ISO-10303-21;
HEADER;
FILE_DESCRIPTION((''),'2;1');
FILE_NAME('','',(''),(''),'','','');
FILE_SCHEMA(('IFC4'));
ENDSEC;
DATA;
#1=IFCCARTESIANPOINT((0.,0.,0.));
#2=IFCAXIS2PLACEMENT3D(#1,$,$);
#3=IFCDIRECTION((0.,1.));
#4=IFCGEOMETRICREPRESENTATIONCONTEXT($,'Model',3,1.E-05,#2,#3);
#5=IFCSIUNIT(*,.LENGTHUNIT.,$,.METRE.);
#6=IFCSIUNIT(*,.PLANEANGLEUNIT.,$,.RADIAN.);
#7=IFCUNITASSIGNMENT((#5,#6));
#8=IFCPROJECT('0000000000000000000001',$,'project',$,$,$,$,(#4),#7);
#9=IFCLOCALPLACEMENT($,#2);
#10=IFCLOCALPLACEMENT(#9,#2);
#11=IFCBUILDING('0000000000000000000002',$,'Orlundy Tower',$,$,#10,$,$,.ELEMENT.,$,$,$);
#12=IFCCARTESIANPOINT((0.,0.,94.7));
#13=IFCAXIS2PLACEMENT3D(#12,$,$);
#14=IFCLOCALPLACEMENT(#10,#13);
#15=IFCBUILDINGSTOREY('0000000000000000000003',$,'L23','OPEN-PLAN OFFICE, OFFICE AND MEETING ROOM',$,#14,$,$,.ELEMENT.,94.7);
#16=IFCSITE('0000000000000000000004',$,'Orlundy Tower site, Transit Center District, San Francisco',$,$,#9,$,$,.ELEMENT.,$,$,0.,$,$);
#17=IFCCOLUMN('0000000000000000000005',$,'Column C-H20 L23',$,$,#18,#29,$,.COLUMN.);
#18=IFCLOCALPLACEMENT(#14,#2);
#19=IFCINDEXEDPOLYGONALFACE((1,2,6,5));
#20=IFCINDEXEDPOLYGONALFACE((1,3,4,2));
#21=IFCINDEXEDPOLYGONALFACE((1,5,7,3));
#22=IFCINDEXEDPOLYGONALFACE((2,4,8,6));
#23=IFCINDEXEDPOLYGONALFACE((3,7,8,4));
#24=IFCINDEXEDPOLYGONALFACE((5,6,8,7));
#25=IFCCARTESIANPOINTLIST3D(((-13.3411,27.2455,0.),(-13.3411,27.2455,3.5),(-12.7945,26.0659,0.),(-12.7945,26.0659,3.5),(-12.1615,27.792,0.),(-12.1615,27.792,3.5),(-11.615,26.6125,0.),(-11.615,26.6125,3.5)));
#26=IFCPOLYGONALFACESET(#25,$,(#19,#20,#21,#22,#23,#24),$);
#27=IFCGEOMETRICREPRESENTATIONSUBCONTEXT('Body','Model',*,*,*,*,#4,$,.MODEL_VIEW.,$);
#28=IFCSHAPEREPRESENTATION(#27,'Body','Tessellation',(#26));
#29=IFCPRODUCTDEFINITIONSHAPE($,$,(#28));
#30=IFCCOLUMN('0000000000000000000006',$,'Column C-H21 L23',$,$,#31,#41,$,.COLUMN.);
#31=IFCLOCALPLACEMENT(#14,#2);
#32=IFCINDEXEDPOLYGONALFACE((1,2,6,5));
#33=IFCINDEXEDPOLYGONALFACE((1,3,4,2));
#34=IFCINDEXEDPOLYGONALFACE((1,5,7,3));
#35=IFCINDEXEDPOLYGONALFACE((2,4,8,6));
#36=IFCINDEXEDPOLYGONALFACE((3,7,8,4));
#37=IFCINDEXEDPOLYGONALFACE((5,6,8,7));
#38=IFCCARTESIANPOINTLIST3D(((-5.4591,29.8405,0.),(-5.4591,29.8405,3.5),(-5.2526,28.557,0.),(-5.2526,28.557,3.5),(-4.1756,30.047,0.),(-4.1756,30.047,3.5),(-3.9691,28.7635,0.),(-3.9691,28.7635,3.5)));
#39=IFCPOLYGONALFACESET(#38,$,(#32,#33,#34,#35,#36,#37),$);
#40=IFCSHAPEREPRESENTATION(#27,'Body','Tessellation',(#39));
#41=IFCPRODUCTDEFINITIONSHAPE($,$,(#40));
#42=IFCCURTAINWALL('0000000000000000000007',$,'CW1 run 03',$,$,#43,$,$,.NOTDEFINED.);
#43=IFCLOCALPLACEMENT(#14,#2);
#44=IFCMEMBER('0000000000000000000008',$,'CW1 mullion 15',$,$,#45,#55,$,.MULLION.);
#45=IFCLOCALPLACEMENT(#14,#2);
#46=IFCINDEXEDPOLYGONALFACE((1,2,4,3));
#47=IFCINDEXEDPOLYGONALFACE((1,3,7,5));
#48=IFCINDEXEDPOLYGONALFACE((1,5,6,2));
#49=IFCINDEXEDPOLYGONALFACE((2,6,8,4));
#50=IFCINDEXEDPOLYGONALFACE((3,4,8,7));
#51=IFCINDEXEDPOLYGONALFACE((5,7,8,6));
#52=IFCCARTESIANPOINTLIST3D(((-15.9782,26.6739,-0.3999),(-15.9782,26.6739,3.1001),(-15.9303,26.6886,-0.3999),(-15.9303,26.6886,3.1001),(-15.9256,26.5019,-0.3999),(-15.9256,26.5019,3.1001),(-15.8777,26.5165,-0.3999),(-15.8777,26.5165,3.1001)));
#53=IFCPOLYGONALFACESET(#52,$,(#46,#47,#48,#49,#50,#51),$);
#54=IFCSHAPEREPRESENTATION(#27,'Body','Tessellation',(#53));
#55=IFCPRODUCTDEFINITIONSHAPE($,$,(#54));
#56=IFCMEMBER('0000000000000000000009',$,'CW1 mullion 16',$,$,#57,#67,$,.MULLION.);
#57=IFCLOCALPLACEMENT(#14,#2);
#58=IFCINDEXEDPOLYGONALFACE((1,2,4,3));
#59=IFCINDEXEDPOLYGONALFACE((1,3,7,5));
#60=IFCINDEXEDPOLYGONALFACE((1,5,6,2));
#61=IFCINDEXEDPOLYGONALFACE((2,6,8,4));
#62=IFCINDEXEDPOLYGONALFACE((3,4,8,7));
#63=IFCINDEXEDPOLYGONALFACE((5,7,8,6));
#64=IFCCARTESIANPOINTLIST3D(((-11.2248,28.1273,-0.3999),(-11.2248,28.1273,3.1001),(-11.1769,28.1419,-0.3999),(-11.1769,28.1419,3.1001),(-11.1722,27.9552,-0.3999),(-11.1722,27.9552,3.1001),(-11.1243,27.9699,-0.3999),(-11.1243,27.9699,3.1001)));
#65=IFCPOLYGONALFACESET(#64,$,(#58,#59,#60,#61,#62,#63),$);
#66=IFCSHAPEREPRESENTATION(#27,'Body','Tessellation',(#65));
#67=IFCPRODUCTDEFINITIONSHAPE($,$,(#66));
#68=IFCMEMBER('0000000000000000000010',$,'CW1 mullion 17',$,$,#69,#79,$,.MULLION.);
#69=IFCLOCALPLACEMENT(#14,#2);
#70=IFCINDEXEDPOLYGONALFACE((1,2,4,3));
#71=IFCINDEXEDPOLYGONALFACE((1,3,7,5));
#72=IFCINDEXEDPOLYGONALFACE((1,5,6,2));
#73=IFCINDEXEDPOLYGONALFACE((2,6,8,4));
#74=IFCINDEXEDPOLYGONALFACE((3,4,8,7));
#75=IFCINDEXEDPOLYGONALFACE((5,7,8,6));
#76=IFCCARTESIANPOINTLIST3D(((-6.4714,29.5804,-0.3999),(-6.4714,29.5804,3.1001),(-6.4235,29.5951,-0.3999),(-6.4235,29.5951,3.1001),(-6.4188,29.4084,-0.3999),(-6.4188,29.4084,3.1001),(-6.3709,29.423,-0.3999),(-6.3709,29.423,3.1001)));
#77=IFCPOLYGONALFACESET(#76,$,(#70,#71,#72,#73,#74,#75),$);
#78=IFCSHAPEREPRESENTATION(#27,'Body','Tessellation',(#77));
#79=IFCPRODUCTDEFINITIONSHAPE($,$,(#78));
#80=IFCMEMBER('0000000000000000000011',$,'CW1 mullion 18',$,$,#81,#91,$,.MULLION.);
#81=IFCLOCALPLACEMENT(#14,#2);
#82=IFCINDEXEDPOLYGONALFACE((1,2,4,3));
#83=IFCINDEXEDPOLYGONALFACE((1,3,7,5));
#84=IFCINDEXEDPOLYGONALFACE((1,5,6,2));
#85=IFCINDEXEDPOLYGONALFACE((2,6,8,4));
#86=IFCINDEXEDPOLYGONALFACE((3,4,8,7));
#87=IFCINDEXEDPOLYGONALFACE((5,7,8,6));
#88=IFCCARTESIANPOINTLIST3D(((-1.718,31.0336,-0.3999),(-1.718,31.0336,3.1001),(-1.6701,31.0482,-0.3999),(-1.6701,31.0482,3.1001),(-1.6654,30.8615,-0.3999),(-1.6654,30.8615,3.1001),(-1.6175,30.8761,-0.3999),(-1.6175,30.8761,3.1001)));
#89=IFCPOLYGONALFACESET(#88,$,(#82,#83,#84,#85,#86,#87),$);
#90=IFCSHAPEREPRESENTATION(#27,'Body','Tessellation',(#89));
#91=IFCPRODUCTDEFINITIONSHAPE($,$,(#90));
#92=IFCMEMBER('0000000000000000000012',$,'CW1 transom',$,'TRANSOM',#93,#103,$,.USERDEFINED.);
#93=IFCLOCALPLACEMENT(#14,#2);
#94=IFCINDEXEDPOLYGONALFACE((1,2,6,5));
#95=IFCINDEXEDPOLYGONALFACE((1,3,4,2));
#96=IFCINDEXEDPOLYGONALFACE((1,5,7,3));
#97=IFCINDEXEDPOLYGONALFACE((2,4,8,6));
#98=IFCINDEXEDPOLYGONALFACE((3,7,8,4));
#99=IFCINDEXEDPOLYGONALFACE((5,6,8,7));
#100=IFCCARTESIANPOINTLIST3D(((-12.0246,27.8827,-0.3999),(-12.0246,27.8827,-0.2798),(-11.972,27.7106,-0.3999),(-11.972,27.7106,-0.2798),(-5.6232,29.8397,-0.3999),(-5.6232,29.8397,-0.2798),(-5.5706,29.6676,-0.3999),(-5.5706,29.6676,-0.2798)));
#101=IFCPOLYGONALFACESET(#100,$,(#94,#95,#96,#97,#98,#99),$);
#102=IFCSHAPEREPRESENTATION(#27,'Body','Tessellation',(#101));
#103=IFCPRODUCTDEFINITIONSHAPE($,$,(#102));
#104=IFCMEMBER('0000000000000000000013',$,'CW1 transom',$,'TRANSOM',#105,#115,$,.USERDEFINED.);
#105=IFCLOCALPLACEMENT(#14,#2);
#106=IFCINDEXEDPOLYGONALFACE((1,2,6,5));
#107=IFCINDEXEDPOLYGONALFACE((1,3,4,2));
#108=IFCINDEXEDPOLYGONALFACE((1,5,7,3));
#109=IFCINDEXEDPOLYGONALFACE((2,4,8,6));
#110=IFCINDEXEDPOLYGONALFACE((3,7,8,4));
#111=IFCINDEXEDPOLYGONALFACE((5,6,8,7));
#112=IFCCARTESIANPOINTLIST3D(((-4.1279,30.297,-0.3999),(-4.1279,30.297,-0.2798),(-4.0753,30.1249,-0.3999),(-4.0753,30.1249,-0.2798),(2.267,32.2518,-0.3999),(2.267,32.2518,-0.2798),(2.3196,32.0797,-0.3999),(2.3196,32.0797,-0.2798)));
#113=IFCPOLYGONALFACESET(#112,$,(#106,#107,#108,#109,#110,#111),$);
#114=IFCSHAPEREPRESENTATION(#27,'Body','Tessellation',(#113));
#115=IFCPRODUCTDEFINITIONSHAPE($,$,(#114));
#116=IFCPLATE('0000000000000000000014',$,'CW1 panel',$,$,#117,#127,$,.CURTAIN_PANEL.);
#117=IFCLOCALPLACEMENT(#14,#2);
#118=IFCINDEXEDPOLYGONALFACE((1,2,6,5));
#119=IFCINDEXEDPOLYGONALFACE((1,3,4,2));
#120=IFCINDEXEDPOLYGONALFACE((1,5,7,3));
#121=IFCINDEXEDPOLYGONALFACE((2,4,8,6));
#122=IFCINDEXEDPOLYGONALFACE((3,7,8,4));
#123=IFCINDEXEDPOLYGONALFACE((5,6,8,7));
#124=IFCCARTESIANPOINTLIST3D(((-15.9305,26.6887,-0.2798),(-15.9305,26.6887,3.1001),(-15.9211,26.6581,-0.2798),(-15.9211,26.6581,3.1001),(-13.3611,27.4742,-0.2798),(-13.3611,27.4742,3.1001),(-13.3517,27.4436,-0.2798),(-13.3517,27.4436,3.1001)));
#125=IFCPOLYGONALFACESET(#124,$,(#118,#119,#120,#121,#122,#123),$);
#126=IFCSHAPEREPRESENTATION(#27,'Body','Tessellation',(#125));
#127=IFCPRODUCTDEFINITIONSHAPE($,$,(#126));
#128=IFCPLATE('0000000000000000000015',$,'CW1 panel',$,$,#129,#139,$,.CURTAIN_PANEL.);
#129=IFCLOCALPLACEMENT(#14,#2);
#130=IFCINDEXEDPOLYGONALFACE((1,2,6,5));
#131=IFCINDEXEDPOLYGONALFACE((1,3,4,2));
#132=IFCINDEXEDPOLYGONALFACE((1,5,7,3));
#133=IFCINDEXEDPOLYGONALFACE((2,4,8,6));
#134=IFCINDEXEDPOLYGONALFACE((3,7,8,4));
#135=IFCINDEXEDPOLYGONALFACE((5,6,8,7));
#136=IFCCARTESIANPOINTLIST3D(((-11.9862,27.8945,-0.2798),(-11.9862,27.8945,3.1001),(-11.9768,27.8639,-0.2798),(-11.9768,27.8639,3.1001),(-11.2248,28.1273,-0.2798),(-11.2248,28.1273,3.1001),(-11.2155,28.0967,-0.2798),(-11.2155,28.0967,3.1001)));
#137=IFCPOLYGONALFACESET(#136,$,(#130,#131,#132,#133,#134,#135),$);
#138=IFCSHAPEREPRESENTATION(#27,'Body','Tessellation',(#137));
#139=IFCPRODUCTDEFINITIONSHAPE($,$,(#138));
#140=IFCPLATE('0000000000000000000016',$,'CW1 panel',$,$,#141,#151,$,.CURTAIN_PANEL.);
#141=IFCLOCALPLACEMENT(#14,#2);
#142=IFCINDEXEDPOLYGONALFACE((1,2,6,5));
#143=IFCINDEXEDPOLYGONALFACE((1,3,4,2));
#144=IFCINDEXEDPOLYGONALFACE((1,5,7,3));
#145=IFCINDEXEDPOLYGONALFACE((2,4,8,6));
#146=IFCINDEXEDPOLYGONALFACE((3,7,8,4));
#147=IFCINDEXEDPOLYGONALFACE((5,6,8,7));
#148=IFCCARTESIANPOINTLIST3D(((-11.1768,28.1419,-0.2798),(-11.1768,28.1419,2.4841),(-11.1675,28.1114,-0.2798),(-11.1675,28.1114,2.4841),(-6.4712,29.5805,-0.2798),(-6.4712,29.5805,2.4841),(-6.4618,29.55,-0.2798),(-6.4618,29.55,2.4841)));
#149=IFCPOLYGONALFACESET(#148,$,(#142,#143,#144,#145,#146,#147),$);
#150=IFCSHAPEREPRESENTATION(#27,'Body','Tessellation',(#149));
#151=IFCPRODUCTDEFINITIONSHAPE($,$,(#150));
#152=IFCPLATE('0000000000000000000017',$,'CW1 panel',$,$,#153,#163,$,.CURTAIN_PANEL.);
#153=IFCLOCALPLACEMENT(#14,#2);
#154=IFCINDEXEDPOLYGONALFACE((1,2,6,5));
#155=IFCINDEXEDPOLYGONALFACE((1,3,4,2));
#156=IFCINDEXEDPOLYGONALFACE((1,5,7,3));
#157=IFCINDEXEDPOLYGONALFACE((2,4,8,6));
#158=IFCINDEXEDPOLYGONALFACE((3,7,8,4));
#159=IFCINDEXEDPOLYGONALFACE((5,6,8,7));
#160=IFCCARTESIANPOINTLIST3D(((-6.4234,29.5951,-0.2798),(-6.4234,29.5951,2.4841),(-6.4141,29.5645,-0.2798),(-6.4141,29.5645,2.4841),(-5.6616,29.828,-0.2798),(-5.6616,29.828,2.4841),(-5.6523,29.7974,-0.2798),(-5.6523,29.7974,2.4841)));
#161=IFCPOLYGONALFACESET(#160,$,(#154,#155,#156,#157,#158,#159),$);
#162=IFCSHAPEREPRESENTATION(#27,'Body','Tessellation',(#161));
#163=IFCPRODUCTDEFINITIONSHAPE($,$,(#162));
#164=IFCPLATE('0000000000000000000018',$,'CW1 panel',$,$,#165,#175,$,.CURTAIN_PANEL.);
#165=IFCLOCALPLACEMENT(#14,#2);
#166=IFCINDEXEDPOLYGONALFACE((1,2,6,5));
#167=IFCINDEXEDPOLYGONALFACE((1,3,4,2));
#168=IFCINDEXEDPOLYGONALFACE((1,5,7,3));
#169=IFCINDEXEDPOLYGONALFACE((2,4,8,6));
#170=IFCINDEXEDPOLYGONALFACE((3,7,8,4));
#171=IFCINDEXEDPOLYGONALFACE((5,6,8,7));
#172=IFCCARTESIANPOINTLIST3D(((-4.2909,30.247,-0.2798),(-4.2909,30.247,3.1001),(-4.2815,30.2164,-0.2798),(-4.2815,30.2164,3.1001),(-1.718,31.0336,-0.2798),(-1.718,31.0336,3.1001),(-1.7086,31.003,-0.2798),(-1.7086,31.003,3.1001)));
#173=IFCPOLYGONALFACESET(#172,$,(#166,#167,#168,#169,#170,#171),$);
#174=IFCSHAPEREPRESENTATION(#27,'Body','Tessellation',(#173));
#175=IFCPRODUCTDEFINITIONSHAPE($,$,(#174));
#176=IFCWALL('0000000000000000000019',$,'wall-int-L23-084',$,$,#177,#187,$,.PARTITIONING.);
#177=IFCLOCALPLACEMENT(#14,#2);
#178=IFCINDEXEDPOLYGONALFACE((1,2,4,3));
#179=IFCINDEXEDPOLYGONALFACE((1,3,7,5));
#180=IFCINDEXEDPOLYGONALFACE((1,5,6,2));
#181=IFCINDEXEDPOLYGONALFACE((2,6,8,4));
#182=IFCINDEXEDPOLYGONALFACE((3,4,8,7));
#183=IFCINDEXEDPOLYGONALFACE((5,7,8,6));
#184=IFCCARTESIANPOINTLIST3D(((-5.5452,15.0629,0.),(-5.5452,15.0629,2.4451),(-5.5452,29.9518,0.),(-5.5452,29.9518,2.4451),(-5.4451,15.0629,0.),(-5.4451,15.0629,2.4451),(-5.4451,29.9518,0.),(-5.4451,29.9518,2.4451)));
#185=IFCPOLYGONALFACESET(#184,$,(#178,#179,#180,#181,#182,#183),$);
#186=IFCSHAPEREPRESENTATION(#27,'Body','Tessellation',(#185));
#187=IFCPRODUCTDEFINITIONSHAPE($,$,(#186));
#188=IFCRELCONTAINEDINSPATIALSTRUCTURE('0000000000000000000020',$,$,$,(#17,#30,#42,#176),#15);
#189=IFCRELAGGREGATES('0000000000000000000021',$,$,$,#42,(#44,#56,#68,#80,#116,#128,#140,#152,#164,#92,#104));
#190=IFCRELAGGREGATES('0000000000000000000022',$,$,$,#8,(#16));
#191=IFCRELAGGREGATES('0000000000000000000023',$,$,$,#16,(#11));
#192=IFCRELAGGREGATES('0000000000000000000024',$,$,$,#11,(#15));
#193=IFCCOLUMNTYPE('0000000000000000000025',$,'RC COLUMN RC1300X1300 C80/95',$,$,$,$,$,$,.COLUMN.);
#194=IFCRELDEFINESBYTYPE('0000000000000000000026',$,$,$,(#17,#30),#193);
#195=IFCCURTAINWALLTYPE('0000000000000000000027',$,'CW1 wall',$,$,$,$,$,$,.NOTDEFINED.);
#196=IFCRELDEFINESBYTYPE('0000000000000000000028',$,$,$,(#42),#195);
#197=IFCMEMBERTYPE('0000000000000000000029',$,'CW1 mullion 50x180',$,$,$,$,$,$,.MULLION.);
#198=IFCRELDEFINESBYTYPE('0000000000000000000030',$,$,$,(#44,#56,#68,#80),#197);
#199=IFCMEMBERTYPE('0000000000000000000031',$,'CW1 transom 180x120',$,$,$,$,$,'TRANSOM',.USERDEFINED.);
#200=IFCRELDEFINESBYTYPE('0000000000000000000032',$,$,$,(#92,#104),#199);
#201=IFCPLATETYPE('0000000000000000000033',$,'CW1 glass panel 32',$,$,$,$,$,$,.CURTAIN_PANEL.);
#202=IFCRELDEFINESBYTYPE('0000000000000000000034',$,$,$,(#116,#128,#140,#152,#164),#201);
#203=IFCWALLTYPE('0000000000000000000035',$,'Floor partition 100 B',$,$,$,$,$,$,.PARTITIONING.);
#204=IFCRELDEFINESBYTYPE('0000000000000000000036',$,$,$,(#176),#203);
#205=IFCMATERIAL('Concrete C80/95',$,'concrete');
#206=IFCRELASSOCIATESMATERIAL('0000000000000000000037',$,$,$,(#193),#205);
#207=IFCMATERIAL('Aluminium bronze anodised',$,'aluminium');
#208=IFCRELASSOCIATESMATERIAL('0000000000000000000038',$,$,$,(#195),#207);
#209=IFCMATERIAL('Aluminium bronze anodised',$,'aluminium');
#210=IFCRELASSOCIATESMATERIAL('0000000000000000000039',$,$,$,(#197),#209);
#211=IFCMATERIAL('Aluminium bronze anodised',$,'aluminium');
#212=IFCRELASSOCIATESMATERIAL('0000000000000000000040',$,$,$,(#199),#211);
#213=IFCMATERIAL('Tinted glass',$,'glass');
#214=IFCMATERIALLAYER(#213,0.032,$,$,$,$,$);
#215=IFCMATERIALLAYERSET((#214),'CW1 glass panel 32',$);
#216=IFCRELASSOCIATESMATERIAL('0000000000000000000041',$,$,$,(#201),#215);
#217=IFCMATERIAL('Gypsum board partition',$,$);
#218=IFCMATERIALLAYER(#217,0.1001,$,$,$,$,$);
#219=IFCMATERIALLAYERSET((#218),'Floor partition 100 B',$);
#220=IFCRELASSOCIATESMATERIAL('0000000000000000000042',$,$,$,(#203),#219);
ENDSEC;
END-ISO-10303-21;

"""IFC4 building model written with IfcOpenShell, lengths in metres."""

from ifc_helpers import new_model, si_unit, direction, frame, frame_2d, origin, origin_2d, place, context, subcontext, project, spatial, rectangle, extrude, material, layer, layer_set, material_profile, profile_set, type_object, element, aggregate, save


model = new_model("IFC4")

# Units and contexts
model_context = context("Model", 3, precision=1e-05, world=origin(), true_north=direction((0.0, 1.0)))
body_context = subcontext(model_context, "Body", "Model", "MODEL_VIEW")
ifc_project = project(units=[si_unit("LENGTHUNIT", "METRE"), si_unit("PLANEANGLEUNIT", "RADIAN")], contexts=[model_context])

# Site, building, storey
site_placement = place(None, origin())
site = spatial("IfcSite", under=ifc_project, at=site_placement, Name="Orlundy Tower site, Transit Center District, San Francisco", CompositionType="ELEMENT", RefElevation=0.0)
building_placement = place(site_placement, origin())
building = spatial("IfcBuilding", under=site, at=building_placement, Name="Orlundy Tower", CompositionType="ELEMENT")
storey_placement = place(building_placement, frame((0.0, 0.0, 94.7)))
storey = spatial("IfcBuildingStorey", under=building, at=storey_placement, Name="L23", Description="OPEN-PLAN OFFICE, OFFICE AND MEETING ROOM", CompositionType="ELEMENT", Elevation=94.7)

# Columns
ifc_material_1 = material(Name="Concrete C80/95", Category="concrete")
ifc_material_profile_1 = material_profile(ifc_material_1, rectangle(XDim=1.3, YDim=1.3, at=origin_2d()), Name="RC1300X1300")
ifc_profile_set_1 = profile_set([ifc_material_profile_1], Name="Concrete C80/95")
column_type = type_object("IfcColumnType", Name="RC COLUMN RC1300X1300 C80/95", PredefinedType="COLUMN", material=ifc_profile_set_1)
for number, where, z_axis, x_axis, name in (
    (1, (-12.478, 26.929, 0.0), (0.0, 0.0, 1.0), (-0.420418, 0.90733, 0.0), "Column C-H20 L23"),
    (2, (-4.7141, 29.302, 0.0), (0.0, 0.0, 1.0), (-0.15883, 0.987306, 0.0), "Column C-H21 L23"),
):
    element("IfcColumn", number, at=place(storey_placement, frame(where, z_axis=z_axis, x_axis=x_axis)), inside=storey, type_object=column_type, Name=name, PredefinedType="COLUMN", context=body_context, shape_type="SweptSolid", body=[
        extrude(rectangle(XDim=1.3, YDim=1.3, at=origin_2d()), origin(), (0.0, 0.0, 1.0), 3.5),
    ])

# Curtain wall, members, plates
ifc_material_2 = material(Name="Aluminium bronze anodised", Category="aluminium")
curtain_wall_type = type_object("IfcCurtainWallType", Name="CW1 wall", PredefinedType="NOTDEFINED", material=ifc_material_2)
curtain_wall_placement = place(storey_placement, origin())
curtain_wall = element("IfcCurtainWall", 3, at=curtain_wall_placement, inside=storey, type_object=curtain_wall_type, Name="CW1 run 03", PredefinedType="NOTDEFINED")
ifc_material_3 = material(Name="Aluminium bronze anodised", Category="aluminium")
ifc_material_profile_2 = material_profile(ifc_material_3, rectangle(XDim=0.1799, YDim=0.05, at=origin_2d()), Name="CW1 mullion 50x180")
ifc_profile_set_2 = profile_set([ifc_material_profile_2], Name="Aluminium bronze anodised")
member_type_1 = type_object("IfcMemberType", Name="CW1 mullion 50x180", PredefinedType="MULLION", material=ifc_profile_set_2)
member_1_placement = place(storey_placement, frame((-15.928, 26.5952, -0.3999), z_axis=(0.0, 0.0, 1.0), x_axis=(-0.292361, 0.956308, 0.0)))
member_1 = element("IfcMember", 4, at=member_1_placement, type_object=member_type_1, Name="CW1 mullion 15", PredefinedType="MULLION", context=body_context, shape_type="SweptSolid", body=[
    extrude(rectangle(XDim=0.1799, YDim=0.05, at=origin_2d()), origin(), (0.0, 0.0, 1.0), 3.5),
])
member_2_placement = place(storey_placement, frame((-11.1746, 28.0486, -0.3999), z_axis=(0.0, 0.0, 1.0), x_axis=(-0.292361, 0.956308, 0.0)))
member_2 = element("IfcMember", 5, at=member_2_placement, type_object=member_type_1, Name="CW1 mullion 16", PredefinedType="MULLION", context=body_context, shape_type="SweptSolid", body=[
    extrude(rectangle(XDim=0.1799, YDim=0.05, at=origin_2d()), origin(), (0.0, 0.0, 1.0), 3.5),
])
member_3_placement = place(storey_placement, frame((-6.4211, 29.5017, -0.3999), z_axis=(0.0, 0.0, 1.0), x_axis=(-0.292361, 0.956308, 0.0)))
member_3 = element("IfcMember", 6, at=member_3_placement, type_object=member_type_1, Name="CW1 mullion 17", PredefinedType="MULLION", context=body_context, shape_type="SweptSolid", body=[
    extrude(rectangle(XDim=0.1799, YDim=0.05, at=origin_2d()), origin(), (0.0, 0.0, 1.0), 3.5),
])
member_4_placement = place(storey_placement, frame((-1.6677, 30.9548, -0.3999), z_axis=(0.0, 0.0, 1.0), x_axis=(-0.292361, 0.956308, 0.0)))
member_4 = element("IfcMember", 7, at=member_4_placement, type_object=member_type_1, Name="CW1 mullion 18", PredefinedType="MULLION", context=body_context, shape_type="SweptSolid", body=[
    extrude(rectangle(XDim=0.1799, YDim=0.05, at=origin_2d()), origin(), (0.0, 0.0, 1.0), 3.5),
])
ifc_material_4 = material(Name="Aluminium bronze anodised", Category="aluminium")
ifc_material_profile_3 = material_profile(ifc_material_4, rectangle(XDim=0.1799, YDim=0.1201, at=origin_2d()), Name="CW1 transom 180x120")
ifc_profile_set_3 = profile_set([ifc_material_profile_3], Name="Aluminium bronze anodised")
member_type_2 = type_object("IfcMemberType", Name="CW1 transom 180x120", ElementType="TRANSOM", PredefinedType="USERDEFINED", material=ifc_profile_set_3)
member_5_placement = place(storey_placement, frame((-11.9983, 27.7966, -0.3398), z_axis=(0.956307, 0.292363, 0.0), x_axis=(-0.292363, 0.956307, 0.0)))
member_5 = element("IfcMember", 8, at=member_5_placement, type_object=member_type_2, Name="CW1 transom", ObjectType="TRANSOM", PredefinedType="USERDEFINED", context=body_context, shape_type="SweptSolid", body=[
    extrude(rectangle(XDim=0.1799, YDim=0.1201, at=origin_2d()), origin(), (0.0, 0.0, 1.0), 6.6938),
])
member_6_placement = place(storey_placement, frame((-4.1016, 30.2109, -0.3398), z_axis=(0.956318, 0.292328, 0.0), x_axis=(-0.292328, 0.956318, 0.0)))
member_6 = element("IfcMember", 9, at=member_6_placement, type_object=member_type_2, Name="CW1 transom", ObjectType="TRANSOM", PredefinedType="USERDEFINED", context=body_context, shape_type="SweptSolid", body=[
    extrude(rectangle(XDim=0.1799, YDim=0.1201, at=origin_2d()), origin(), (0.0, 0.0, 1.0), 6.687),
])
ifc_material_5 = material(Name="Tinted glass", Category="glass")
ifc_layer_1 = layer(ifc_material_5, 0.032)
ifc_layer_set_1 = layer_set([ifc_layer_1], Name="CW1 glass panel 32")
plate_type = type_object("IfcPlateType", Name="CW1 glass panel 32", PredefinedType="CURTAIN_PANEL", material=ifc_layer_set_1)
plate_1_placement = place(storey_placement, frame((-14.6411, 27.0662, -0.2798), z_axis=(0.0, 0.0, 1.0), x_axis=(0.956308, 0.292361, 0.0)))
plate_1 = element("IfcPlate", 10, at=plate_1_placement, type_object=plate_type, Name="CW1 panel", PredefinedType="CURTAIN_PANEL", context=body_context, shape_type="SweptSolid", body=[
    extrude(rectangle(XDim=2.6868, YDim=0.032, at=origin_2d()), origin(), (0.0, 0.0, 1.0), 3.3799),
])
plate_2_placement = place(storey_placement, frame((-11.6008, 27.9956, -0.2798), z_axis=(0.0, 0.0, 1.0), x_axis=(0.956308, 0.292361, 0.0)))
plate_2 = element("IfcPlate", 11, at=plate_2_placement, type_object=plate_type, Name="CW1 panel", PredefinedType="CURTAIN_PANEL", context=body_context, shape_type="SweptSolid", body=[
    extrude(rectangle(XDim=0.7961, YDim=0.032, at=origin_2d()), origin(), (0.0, 0.0, 1.0), 3.3799),
])
plate_3_placement = place(storey_placement, frame((-8.8193, 28.8459, -0.2798), z_axis=(0.0, 0.0, 1.0), x_axis=(0.956308, 0.292361, 0.0)))
plate_3 = element("IfcPlate", 12, at=plate_3_placement, type_object=plate_type, Name="CW1 panel", PredefinedType="CURTAIN_PANEL", context=body_context, shape_type="SweptSolid", body=[
    extrude(rectangle(XDim=4.9207, YDim=0.032, at=origin_2d()), origin(), (0.0, 0.0, 1.0), 2.7639),
])
plate_4_placement = place(storey_placement, frame((-6.0378, 29.6963, -0.2798), z_axis=(0.0, 0.0, 1.0), x_axis=(0.956308, 0.292361, 0.0)))
plate_4 = element("IfcPlate", 13, at=plate_4_placement, type_object=plate_type, Name="CW1 panel", PredefinedType="CURTAIN_PANEL", context=body_context, shape_type="SweptSolid", body=[
    extrude(rectangle(XDim=0.7966, YDim=0.032, at=origin_2d()), origin(), (0.0, 0.0, 1.0), 2.7639),
])
plate_5_placement = place(storey_placement, frame((-2.9998, 30.625, -0.2798), z_axis=(0.0, 0.0, 1.0), x_axis=(0.956308, 0.292361, 0.0)))
plate_5 = element("IfcPlate", 14, at=plate_5_placement, type_object=plate_type, Name="CW1 panel", PredefinedType="CURTAIN_PANEL", context=body_context, shape_type="SweptSolid", body=[
    extrude(rectangle(XDim=2.6904, YDim=0.032, at=origin_2d()), origin(), (0.0, 0.0, 1.0), 3.3799),
])
aggregate(curtain_wall, [member_1, member_2, member_3, member_4, plate_1, plate_2, plate_3, plate_4, plate_5, member_5, member_6])

# Wall
ifc_material_6 = material(Name="Gypsum board partition")
ifc_layer_2 = layer(ifc_material_6, 0.1001)
ifc_layer_set_2 = layer_set([ifc_layer_2], Name="Floor partition 100 B")
wall_type_1 = type_object("IfcWallType", Name="Floor partition 100 B", PredefinedType="PARTITIONING", material=ifc_layer_set_2)
wall_1_placement = place(storey_placement, frame((-5.4951, 15.063, 0.0), z_axis=(0.0, 0.0, 1.0), x_axis=(0.0, 1.0, 0.0)))
element("IfcWall", 15, at=wall_1_placement, inside=storey, type_object=wall_type_1, Name="wall-int-L23-084", PredefinedType="PARTITIONING", context=body_context, shape_type="SweptSolid", body=[
    extrude(rectangle(XDim=14.8889, YDim=0.1001, at=frame_2d((7.4443, 0.0))), origin(), (0.0, 0.0, 1.0), 2.4451),
])

save(model, "model.ifc")
